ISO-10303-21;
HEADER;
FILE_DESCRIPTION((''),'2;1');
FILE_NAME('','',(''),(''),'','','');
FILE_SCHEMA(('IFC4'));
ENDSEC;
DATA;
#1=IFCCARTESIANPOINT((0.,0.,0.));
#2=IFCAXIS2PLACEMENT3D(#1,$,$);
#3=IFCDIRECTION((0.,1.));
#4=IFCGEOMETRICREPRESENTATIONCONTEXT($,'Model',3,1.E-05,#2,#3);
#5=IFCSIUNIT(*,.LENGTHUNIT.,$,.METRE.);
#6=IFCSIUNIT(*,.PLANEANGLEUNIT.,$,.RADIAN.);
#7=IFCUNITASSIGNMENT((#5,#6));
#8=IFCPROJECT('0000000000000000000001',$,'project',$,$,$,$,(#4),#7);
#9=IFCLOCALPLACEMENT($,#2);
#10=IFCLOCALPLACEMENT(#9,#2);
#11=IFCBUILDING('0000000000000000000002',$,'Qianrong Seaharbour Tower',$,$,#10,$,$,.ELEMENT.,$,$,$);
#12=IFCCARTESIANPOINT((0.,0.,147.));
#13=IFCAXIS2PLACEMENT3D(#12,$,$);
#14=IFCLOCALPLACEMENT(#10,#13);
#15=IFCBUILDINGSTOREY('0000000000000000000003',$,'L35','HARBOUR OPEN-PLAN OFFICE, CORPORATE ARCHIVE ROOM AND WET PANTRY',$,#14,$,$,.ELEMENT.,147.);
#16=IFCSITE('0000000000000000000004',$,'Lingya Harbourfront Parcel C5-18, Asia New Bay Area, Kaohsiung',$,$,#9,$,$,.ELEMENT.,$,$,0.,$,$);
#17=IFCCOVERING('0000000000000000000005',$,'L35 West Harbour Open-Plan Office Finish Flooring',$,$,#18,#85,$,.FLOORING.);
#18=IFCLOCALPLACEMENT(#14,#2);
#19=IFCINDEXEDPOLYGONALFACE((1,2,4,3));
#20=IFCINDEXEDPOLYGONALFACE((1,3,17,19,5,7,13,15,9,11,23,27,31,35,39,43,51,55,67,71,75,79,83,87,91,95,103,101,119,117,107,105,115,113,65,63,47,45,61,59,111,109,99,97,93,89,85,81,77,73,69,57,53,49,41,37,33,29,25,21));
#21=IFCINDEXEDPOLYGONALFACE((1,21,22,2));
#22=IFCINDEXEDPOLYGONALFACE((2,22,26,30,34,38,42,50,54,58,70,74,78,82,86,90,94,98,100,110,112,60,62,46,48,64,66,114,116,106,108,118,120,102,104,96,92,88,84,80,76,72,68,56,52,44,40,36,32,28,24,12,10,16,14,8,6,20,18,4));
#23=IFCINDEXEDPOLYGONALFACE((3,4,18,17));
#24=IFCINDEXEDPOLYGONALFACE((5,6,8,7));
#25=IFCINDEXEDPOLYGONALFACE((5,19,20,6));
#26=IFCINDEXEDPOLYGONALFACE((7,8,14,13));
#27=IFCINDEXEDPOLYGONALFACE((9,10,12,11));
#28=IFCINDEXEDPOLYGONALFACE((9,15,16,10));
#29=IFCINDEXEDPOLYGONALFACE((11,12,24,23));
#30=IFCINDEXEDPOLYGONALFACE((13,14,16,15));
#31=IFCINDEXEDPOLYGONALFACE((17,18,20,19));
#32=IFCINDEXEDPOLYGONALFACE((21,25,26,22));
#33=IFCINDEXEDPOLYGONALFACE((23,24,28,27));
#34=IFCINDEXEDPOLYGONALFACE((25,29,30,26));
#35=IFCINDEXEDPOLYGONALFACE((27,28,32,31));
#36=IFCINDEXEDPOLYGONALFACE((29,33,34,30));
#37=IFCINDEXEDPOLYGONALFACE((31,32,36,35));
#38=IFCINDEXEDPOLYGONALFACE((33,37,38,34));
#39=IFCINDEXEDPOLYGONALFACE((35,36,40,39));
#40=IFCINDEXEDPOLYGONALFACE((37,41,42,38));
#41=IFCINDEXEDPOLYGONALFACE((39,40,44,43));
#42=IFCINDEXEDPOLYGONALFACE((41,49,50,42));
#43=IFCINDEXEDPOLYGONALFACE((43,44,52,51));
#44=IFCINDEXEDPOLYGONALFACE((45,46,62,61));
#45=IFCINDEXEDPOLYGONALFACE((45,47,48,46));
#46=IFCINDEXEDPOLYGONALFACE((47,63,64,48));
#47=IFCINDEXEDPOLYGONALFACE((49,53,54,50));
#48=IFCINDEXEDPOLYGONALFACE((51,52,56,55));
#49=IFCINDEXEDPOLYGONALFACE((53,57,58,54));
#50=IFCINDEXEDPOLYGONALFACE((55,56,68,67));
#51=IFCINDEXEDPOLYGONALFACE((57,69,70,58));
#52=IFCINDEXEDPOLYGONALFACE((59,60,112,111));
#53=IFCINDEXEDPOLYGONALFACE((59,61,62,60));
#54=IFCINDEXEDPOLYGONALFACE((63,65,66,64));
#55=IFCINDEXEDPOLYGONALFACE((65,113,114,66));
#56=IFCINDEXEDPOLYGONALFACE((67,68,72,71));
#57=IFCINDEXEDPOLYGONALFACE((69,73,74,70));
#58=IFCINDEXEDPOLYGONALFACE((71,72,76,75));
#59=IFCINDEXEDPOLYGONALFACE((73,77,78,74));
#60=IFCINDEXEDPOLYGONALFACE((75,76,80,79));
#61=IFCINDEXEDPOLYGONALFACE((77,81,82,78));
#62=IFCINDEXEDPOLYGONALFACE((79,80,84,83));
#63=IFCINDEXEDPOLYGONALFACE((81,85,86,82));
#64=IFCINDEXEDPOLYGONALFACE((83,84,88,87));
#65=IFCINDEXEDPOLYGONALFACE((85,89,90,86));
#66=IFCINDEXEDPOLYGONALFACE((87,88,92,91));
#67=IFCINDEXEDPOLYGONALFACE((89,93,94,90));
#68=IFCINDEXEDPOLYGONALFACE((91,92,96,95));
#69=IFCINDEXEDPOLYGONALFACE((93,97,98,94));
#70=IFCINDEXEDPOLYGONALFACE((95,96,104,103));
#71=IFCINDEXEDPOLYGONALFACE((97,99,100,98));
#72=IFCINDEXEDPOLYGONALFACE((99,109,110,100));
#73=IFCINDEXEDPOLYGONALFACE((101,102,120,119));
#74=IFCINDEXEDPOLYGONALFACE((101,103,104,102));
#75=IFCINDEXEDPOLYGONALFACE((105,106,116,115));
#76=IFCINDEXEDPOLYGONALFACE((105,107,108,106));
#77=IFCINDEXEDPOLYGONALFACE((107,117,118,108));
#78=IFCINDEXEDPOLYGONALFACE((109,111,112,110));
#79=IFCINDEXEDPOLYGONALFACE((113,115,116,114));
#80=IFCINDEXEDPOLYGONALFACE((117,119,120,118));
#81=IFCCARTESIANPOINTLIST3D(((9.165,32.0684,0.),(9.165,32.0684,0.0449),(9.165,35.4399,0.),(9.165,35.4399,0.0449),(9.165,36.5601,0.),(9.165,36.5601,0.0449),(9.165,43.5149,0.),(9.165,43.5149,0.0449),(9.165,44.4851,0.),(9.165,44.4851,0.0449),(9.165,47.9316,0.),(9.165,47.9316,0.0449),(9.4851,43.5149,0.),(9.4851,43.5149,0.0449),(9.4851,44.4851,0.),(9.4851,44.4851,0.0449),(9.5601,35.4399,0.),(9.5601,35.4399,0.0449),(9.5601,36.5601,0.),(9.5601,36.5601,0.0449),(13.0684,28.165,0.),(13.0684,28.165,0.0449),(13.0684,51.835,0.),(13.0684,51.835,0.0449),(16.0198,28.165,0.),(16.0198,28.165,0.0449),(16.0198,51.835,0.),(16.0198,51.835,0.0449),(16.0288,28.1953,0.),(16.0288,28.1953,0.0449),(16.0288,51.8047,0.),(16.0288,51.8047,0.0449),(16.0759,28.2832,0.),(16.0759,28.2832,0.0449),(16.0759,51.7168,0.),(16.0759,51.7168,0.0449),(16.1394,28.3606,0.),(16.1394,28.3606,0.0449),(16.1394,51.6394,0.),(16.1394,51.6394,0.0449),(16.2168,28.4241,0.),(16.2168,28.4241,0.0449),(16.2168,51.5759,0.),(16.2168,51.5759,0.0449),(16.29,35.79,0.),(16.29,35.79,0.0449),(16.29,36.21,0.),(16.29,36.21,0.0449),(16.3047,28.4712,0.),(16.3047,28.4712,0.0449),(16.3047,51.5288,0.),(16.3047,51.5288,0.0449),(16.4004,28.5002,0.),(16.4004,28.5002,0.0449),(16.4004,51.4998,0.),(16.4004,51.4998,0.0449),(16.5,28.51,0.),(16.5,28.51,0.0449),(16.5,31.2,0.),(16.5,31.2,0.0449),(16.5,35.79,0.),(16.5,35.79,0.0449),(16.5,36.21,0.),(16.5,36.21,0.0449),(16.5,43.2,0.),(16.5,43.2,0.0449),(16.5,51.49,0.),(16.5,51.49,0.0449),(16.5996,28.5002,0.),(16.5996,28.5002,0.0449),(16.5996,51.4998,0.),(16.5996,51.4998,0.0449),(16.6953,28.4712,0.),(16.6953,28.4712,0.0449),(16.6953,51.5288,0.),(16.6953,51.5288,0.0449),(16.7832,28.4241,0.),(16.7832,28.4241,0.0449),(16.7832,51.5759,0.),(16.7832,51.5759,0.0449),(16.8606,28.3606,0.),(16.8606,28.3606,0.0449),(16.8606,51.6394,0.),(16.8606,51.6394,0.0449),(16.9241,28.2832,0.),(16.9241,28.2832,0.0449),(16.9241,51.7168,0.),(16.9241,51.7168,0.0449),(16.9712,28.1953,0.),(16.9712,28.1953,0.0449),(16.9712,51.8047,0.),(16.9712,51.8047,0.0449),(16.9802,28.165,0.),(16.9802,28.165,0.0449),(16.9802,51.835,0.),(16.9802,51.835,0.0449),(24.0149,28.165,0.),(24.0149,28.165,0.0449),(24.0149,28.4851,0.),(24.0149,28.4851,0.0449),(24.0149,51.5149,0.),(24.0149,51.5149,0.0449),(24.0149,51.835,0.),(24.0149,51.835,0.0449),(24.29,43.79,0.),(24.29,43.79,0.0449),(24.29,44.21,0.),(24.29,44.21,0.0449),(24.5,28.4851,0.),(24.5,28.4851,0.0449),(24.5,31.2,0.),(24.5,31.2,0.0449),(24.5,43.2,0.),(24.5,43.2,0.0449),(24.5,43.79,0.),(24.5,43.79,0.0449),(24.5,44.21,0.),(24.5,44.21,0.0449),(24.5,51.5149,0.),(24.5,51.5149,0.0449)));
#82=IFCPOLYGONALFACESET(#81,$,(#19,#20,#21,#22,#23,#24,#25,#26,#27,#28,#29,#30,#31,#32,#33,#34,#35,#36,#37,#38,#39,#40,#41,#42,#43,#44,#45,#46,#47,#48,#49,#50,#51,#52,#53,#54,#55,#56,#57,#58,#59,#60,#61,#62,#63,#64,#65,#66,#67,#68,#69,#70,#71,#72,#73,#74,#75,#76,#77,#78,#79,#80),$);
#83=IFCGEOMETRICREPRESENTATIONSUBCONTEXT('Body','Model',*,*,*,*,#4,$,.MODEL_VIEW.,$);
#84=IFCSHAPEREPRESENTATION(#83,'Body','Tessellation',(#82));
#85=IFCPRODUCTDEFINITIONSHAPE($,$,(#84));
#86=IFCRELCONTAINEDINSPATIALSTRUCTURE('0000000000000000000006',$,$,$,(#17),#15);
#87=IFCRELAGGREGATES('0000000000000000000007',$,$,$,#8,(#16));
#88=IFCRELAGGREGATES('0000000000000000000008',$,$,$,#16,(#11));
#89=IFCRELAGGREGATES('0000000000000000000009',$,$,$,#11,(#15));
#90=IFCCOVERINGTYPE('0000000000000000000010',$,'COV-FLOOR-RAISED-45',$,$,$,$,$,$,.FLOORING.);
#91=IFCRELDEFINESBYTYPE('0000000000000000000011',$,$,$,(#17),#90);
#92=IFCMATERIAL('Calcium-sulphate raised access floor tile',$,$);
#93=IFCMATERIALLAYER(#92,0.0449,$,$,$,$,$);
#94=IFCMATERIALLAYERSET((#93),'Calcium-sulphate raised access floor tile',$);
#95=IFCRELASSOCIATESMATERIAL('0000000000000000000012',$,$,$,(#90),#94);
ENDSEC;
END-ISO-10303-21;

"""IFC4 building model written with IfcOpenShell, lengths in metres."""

from ifc_helpers import new_model, si_unit, direction, frame, origin, place, context, subcontext, project, spatial, polyline, outline, extrude, material, layer, layer_set, type_object, element, save


model = new_model("IFC4")

# Units and contexts
model_context = context("Model", 3, precision=1e-05, world=origin(), true_north=direction((0.0, 1.0)))
body_context = subcontext(model_context, "Body", "Model", "MODEL_VIEW")
ifc_project = project(units=[si_unit("LENGTHUNIT", "METRE"), si_unit("PLANEANGLEUNIT", "RADIAN")], contexts=[model_context])

# Site, building, storey
site_placement = place(None, origin())
site = spatial("IfcSite", under=ifc_project, at=site_placement, Name="Lingya Harbourfront Parcel C5-18, Asia New Bay Area, Kaohsiung", CompositionType="ELEMENT", RefElevation=0.0)
building_placement = place(site_placement, origin())
building = spatial("IfcBuilding", under=site, at=building_placement, Name="Qianrong Seaharbour Tower", CompositionType="ELEMENT")
storey_placement = place(building_placement, frame((0.0, 0.0, 147.0)))
storey = spatial("IfcBuildingStorey", under=building, at=storey_placement, Name="L35", Description="HARBOUR OPEN-PLAN OFFICE, CORPORATE ARCHIVE ROOM AND WET PANTRY", CompositionType="ELEMENT", Elevation=147.0)

# Covering
ifc_material_1 = material(Name="Calcium-sulphate raised access floor tile")
ifc_layer_1 = layer(ifc_material_1, 0.0449)
ifc_layer_set_1 = layer_set([ifc_layer_1], Name="Calcium-sulphate raised access floor tile")
covering_type_1 = type_object("IfcCoveringType", Name="COV-FLOOR-RAISED-45", PredefinedType="FLOORING", material=ifc_layer_set_1)
covering_1_placement = place(storey_placement, origin())
element("IfcCovering", 1, at=covering_1_placement, inside=storey, type_object=covering_type_1, Name="L35 West Harbour Open-Plan Office Finish Flooring", PredefinedType="FLOORING", context=body_context, shape_type="SweptSolid", body=[
    extrude(outline(polyline([(9.165, 32.0684), (9.165, 35.4399), (9.5601, 35.4399), (9.5601, 36.5601), (9.165, 36.5601), (9.165, 43.5149), (9.4851, 43.5149), (9.4851, 44.4851), (9.165, 44.4851), (9.165, 47.9316), (13.0684, 51.835), (16.0198, 51.835), (16.0288, 51.8047), (16.0759, 51.7168), (16.1394, 51.6394), (16.2168, 51.5759), (16.3047, 51.5288), (16.4004, 51.4998), (16.5, 51.49), (16.5996, 51.4998), (16.6953, 51.5288), (16.7832, 51.5759), (16.8606, 51.6394), (16.9241, 51.7168), (16.9712, 51.8047), (16.9802, 51.835), (24.0149, 51.835), (24.0149, 51.5149), (24.5, 51.5149), (24.5, 44.21), (24.29, 44.21), (24.29, 43.79), (24.5, 43.79), (24.5, 43.2), (16.5, 43.2), (16.5, 36.21), (16.29, 36.21), (16.29, 35.79), (16.5, 35.79), (16.5, 31.2), (24.5, 31.2), (24.5, 28.4851), (24.0149, 28.4851), (24.0149, 28.165), (16.9802, 28.165), (16.9712, 28.1953), (16.9241, 28.2832), (16.8606, 28.3606), (16.7832, 28.4241), (16.6953, 28.4712), (16.5996, 28.5002), (16.5, 28.51), (16.4004, 28.5002), (16.3047, 28.4712), (16.2168, 28.4241), (16.1394, 28.3606), (16.0759, 28.2832), (16.0288, 28.1953), (16.0198, 28.165), (13.0684, 28.165), (9.165, 32.0684)])), origin(), (0.0, 0.0, 1.0), 0.0449),
])

save(model, "model.ifc")
